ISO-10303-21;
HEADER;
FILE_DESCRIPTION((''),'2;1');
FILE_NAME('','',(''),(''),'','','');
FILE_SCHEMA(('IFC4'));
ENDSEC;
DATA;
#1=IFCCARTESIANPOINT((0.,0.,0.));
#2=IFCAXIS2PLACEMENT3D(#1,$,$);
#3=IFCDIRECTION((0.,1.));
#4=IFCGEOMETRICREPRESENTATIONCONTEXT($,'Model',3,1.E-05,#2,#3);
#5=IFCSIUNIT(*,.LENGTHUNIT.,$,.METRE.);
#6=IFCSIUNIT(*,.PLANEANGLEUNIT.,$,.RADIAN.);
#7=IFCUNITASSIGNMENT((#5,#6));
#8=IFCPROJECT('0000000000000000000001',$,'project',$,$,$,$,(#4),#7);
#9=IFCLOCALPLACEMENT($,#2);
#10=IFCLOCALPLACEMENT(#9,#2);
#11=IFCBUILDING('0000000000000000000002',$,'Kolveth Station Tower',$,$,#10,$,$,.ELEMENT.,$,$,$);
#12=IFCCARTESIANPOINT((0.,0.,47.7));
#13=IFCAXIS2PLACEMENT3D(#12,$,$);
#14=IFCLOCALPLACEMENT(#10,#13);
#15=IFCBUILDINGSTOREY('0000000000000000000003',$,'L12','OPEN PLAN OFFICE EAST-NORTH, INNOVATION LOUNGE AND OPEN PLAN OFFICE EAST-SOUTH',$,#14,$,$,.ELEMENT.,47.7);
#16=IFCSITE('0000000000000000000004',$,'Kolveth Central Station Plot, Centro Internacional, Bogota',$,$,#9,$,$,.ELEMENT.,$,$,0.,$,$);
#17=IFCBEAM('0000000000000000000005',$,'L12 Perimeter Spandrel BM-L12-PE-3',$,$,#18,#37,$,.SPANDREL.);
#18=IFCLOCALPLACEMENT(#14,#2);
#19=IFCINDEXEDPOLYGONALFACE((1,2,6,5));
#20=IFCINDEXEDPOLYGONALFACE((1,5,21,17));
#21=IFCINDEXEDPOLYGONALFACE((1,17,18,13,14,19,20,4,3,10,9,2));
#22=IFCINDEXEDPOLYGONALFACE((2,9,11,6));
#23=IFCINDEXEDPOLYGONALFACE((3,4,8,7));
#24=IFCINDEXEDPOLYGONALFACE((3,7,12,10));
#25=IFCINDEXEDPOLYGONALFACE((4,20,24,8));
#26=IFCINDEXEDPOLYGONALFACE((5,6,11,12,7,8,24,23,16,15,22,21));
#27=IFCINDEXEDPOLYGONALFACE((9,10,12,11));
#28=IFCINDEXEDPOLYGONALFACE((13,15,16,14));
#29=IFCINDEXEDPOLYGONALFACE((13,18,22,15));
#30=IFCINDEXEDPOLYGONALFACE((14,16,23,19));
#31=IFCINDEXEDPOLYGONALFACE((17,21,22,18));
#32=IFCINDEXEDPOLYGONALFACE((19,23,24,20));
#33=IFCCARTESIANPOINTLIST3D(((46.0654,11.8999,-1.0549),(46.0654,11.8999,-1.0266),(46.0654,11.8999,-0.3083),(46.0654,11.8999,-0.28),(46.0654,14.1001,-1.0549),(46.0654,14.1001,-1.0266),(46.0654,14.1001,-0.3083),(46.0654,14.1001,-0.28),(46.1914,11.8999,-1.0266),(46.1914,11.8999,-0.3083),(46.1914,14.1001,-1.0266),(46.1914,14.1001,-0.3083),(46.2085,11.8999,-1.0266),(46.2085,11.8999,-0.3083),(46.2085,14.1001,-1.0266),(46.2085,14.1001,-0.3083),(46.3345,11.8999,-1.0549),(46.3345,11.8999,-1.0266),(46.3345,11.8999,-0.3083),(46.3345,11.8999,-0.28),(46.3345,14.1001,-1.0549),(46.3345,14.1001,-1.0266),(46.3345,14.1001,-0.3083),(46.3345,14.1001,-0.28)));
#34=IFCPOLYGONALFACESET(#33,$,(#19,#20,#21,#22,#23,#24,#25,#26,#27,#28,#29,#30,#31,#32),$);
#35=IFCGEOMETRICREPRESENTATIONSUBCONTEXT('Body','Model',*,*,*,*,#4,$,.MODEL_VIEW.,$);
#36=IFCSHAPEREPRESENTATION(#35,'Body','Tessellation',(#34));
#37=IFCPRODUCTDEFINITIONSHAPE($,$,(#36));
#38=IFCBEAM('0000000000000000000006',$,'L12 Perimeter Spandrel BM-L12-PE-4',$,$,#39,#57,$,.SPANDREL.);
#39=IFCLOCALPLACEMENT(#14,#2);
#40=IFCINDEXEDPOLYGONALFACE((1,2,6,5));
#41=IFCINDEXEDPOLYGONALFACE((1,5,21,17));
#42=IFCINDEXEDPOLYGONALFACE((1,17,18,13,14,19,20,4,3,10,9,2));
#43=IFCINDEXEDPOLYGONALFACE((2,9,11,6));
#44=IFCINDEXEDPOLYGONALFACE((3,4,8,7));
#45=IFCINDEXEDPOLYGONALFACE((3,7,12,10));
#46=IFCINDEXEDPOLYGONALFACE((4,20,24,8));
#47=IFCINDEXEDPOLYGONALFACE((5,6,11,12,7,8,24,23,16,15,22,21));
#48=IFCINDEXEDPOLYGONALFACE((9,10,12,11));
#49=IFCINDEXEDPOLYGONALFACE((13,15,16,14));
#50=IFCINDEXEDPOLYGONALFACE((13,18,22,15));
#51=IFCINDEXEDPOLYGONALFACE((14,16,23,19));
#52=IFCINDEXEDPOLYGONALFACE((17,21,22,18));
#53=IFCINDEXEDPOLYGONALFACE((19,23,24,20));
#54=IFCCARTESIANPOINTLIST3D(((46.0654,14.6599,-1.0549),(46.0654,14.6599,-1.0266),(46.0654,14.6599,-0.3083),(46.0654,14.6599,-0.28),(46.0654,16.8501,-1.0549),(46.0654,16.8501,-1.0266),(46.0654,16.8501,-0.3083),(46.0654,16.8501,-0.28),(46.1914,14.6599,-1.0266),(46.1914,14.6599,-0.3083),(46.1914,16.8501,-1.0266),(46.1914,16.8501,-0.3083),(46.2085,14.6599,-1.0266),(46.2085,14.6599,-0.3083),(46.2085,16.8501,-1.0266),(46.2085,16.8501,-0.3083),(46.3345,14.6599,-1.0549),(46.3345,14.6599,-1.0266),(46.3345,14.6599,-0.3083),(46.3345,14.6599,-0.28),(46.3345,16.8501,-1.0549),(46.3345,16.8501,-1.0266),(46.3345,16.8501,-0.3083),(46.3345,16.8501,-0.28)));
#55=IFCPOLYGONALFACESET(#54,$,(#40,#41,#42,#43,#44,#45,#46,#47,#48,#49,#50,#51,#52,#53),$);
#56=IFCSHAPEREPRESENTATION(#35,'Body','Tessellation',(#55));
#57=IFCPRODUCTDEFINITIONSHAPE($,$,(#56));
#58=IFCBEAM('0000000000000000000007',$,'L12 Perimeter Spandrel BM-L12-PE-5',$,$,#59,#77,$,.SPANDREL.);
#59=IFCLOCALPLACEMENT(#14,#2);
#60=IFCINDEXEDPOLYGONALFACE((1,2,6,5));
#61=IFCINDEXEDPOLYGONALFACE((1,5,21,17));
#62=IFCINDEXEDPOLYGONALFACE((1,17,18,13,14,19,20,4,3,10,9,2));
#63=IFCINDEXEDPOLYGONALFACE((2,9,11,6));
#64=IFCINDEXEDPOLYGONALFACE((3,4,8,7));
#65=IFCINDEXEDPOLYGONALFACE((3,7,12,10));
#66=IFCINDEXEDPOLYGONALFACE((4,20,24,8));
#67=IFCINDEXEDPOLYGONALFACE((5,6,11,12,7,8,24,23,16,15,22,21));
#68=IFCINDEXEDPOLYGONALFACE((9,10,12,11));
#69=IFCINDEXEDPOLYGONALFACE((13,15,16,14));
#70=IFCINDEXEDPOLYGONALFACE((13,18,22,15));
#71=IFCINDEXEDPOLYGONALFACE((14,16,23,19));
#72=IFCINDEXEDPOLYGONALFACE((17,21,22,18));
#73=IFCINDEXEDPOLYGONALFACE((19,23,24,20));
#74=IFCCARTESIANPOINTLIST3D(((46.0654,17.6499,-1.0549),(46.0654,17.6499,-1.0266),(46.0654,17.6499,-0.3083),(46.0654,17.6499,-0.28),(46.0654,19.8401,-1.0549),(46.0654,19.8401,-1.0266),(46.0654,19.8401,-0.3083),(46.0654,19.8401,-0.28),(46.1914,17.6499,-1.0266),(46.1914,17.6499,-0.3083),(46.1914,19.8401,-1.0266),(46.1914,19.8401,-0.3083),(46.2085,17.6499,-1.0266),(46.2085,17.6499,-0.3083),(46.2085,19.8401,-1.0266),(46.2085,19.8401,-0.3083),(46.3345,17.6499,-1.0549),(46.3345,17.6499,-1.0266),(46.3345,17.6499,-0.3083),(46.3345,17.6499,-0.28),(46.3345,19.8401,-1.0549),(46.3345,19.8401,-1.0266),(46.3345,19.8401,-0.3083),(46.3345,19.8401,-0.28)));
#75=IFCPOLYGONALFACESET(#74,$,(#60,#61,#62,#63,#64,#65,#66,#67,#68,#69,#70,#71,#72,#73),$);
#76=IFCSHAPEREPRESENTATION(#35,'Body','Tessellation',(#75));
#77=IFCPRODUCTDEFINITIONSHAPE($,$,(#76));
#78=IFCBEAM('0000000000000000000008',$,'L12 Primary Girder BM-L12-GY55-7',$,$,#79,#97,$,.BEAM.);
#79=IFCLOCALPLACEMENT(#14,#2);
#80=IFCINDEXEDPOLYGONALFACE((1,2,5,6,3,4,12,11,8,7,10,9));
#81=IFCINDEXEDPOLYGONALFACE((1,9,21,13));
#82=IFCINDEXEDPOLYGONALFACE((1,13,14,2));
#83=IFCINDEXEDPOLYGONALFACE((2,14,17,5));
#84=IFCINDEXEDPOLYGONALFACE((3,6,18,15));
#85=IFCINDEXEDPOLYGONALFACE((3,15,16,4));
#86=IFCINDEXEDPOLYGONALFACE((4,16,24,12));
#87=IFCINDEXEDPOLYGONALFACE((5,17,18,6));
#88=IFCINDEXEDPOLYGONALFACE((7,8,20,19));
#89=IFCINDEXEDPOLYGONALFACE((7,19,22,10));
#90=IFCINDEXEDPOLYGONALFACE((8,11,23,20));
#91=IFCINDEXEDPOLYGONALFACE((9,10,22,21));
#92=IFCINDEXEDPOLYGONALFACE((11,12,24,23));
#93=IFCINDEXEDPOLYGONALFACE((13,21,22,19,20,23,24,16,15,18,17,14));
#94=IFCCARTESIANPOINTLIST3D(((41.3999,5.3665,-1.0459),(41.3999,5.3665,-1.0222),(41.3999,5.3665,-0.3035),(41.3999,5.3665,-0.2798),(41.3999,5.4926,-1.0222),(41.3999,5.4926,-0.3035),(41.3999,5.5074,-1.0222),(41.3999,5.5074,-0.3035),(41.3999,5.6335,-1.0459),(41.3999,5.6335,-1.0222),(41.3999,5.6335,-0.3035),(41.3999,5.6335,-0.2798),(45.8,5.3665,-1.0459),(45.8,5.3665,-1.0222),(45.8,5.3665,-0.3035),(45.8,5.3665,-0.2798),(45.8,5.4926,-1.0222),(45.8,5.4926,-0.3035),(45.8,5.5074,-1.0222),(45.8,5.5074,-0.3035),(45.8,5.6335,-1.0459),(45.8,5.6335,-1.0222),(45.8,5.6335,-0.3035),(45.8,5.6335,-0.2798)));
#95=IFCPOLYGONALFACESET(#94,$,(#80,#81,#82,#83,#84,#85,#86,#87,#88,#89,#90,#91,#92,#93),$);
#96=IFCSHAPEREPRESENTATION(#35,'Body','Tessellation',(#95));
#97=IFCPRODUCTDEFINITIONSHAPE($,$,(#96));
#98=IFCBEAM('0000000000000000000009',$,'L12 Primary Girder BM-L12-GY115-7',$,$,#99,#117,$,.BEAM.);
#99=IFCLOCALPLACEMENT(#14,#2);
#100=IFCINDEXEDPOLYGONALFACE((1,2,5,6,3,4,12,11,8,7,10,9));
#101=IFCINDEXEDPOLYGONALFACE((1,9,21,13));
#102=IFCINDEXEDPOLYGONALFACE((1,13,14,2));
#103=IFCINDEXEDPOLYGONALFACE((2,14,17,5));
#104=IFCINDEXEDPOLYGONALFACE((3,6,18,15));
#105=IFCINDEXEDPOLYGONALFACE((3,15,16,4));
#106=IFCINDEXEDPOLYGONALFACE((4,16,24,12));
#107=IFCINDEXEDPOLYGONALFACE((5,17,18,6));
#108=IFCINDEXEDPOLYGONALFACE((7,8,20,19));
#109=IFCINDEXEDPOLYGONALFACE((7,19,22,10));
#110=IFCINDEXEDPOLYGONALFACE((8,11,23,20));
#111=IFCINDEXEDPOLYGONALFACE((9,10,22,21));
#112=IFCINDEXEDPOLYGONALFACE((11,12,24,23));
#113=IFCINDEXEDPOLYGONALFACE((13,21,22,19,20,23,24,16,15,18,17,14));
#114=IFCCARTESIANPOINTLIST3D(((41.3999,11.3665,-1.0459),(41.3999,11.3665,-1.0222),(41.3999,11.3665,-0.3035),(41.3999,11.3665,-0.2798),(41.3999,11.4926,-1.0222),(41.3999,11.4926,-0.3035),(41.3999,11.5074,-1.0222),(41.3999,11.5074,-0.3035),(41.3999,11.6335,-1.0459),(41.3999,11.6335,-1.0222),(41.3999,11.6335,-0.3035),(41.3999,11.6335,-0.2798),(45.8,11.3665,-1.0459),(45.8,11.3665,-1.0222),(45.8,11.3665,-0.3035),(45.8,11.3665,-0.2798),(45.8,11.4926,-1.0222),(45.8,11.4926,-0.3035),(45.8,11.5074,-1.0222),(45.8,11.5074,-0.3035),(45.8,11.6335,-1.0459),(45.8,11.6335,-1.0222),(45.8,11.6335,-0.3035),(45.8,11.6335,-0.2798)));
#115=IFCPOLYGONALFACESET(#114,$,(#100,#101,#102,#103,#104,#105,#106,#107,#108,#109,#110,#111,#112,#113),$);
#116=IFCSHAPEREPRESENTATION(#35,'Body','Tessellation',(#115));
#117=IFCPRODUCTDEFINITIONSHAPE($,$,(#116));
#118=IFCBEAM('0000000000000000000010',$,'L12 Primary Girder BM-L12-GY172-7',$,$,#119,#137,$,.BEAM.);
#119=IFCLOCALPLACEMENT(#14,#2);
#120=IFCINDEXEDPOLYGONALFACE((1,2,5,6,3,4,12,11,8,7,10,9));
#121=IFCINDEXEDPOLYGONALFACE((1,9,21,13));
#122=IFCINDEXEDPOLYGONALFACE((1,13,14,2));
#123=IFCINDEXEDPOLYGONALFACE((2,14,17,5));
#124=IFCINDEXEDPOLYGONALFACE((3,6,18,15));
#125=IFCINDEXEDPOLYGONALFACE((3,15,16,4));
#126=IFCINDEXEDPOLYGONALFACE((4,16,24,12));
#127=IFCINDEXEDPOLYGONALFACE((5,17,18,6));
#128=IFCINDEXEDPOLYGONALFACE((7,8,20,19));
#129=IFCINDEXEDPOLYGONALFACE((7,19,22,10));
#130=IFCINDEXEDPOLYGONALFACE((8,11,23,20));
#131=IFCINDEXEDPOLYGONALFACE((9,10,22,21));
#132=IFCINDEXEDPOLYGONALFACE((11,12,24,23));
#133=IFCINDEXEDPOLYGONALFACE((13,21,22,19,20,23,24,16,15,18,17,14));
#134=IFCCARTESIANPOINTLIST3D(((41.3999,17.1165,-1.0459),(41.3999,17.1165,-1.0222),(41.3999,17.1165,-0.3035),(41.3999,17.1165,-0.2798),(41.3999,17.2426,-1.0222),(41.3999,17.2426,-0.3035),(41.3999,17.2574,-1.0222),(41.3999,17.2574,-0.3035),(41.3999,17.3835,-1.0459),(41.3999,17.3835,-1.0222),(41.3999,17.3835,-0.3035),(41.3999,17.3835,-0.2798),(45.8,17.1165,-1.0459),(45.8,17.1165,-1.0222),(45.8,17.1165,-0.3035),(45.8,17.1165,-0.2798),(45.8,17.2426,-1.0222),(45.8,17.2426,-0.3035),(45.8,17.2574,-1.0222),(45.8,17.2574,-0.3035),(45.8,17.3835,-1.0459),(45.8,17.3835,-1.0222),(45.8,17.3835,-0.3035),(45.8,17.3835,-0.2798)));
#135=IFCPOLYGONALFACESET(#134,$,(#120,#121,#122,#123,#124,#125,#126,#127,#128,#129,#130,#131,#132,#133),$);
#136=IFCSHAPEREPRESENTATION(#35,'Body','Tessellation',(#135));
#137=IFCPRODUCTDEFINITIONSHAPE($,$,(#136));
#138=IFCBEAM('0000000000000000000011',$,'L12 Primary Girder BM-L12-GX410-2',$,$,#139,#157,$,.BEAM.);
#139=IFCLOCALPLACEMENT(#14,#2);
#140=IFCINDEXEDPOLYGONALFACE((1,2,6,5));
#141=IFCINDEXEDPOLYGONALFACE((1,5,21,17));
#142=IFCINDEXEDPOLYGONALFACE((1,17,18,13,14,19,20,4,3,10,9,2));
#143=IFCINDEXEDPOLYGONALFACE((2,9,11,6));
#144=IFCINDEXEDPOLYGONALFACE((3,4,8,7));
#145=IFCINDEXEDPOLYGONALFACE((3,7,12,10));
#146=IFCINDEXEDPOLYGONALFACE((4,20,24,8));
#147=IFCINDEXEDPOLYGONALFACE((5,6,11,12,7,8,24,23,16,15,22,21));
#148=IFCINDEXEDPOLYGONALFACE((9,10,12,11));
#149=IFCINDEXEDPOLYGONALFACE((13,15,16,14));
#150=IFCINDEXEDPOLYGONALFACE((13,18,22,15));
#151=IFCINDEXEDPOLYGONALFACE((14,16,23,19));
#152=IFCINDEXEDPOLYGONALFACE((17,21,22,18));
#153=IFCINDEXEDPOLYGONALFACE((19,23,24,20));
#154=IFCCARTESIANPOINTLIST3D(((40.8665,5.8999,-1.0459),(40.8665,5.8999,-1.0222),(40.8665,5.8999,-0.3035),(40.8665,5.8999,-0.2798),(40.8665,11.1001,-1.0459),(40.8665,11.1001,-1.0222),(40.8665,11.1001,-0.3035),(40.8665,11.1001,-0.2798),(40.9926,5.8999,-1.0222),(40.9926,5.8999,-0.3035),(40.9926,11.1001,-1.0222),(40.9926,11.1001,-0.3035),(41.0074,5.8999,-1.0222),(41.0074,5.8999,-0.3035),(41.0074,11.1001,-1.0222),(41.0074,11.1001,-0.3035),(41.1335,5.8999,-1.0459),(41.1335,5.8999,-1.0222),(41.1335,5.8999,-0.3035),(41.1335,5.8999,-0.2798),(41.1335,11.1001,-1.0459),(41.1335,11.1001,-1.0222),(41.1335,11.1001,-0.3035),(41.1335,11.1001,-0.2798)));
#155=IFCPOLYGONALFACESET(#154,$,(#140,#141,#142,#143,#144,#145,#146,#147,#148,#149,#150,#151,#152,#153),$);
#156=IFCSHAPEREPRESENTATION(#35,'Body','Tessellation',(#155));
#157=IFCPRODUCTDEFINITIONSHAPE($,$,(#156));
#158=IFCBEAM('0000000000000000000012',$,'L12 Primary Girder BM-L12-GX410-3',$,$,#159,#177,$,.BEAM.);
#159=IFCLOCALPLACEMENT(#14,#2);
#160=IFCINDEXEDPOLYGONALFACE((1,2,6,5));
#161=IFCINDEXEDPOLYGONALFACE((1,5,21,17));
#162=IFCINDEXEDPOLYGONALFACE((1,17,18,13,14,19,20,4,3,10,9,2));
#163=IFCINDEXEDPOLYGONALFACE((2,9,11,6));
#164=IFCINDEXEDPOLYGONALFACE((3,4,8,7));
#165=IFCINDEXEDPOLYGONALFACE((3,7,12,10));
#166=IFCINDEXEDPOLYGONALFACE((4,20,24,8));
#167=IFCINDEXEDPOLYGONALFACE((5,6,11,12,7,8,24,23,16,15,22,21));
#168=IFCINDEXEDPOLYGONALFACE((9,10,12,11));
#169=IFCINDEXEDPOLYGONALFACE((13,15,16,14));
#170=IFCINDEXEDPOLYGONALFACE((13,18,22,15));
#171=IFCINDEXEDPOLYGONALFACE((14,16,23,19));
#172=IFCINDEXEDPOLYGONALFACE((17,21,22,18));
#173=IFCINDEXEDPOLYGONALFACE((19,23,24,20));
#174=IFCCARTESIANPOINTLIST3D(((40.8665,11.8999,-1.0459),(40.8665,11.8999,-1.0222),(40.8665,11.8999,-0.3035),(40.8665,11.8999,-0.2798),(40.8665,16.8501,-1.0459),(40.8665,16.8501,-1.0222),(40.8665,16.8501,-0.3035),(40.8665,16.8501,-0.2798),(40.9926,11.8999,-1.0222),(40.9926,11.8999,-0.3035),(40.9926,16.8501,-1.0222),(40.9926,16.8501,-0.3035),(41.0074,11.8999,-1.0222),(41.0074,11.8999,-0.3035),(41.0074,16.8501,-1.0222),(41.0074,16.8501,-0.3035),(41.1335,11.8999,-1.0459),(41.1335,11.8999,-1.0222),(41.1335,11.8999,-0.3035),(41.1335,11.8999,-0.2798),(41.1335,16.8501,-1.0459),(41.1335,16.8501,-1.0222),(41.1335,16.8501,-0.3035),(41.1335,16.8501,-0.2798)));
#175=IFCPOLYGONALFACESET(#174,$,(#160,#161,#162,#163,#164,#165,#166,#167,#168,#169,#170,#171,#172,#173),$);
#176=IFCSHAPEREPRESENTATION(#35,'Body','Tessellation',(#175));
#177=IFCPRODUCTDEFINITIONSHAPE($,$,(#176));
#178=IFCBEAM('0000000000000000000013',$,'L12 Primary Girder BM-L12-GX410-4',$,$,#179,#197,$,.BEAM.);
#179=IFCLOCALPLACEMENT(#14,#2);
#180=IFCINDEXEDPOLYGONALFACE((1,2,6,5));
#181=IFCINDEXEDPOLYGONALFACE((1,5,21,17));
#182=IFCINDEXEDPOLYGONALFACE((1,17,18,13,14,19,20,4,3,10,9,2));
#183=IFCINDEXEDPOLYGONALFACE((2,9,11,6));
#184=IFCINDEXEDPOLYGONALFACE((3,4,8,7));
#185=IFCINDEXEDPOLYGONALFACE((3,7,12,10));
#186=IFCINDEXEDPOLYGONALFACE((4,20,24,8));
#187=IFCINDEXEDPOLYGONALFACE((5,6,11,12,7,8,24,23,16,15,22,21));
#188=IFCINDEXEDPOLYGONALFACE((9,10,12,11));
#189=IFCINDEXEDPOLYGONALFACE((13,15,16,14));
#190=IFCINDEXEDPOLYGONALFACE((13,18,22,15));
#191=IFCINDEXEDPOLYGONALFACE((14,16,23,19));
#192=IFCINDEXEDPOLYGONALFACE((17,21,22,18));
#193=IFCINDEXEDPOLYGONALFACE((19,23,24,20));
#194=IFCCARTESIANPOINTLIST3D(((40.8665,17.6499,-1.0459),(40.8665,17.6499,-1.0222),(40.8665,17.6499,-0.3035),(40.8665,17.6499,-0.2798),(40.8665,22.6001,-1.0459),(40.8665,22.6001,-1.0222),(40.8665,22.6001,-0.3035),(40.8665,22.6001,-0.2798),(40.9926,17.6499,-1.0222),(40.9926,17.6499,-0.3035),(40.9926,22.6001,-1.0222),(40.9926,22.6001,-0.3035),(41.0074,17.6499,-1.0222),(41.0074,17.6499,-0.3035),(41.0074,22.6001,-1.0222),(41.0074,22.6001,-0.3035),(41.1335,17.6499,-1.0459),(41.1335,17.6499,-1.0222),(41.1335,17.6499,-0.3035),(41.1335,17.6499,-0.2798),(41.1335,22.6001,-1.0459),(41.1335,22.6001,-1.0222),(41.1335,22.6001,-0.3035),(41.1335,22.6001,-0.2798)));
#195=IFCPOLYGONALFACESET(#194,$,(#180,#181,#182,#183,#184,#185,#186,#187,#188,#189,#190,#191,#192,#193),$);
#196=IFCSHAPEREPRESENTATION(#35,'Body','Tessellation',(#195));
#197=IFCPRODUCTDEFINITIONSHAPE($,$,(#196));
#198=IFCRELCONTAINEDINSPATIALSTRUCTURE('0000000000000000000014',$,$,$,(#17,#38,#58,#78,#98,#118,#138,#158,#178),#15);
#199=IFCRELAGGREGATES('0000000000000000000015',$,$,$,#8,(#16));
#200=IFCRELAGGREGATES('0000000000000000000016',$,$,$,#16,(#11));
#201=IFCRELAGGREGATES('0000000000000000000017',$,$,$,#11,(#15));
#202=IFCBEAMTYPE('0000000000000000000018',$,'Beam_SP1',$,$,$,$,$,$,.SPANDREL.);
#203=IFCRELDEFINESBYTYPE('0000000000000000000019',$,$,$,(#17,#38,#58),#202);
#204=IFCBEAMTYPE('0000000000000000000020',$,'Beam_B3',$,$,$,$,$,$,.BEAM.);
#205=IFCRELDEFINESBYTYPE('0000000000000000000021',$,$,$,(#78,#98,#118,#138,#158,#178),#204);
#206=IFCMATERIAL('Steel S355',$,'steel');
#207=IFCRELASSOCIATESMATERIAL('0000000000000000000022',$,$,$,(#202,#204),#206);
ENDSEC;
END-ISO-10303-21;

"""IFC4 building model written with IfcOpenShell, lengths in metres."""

from ifc_helpers import new_model, si_unit, direction, frame, origin, origin_2d, place, context, subcontext, project, spatial, i_section, extrude, source, transform, mapped, material, material_profile, profile_set, type_object, element, save


model = new_model("IFC4")

# Units and contexts
model_context = context("Model", 3, precision=1e-05, world=origin(), true_north=direction((0.0, 1.0)))
body_context = subcontext(model_context, "Body", "Model", "MODEL_VIEW")
ifc_project = project(units=[si_unit("LENGTHUNIT", "METRE"), si_unit("PLANEANGLEUNIT", "RADIAN")], contexts=[model_context])

# Site, building, storey
site_placement = place(None, origin())
site = spatial("IfcSite", under=ifc_project, at=site_placement, Name="Kolveth Central Station Plot, Centro Internacional, Bogota", CompositionType="ELEMENT", RefElevation=0.0)
building_placement = place(site_placement, origin())
building = spatial("IfcBuilding", under=site, at=building_placement, Name="Kolveth Station Tower", CompositionType="ELEMENT")
storey_placement = place(building_placement, frame((0.0, 0.0, 47.7)))
storey = spatial("IfcBuildingStorey", under=building, at=storey_placement, Name="L12", Description="OPEN PLAN OFFICE EAST-NORTH, INNOVATION LOUNGE AND OPEN PLAN OFFICE EAST-SOUTH", CompositionType="ELEMENT", Elevation=47.7)

# Shared definitions
ifc_material_1 = material(Name="Steel S355", Category="steel")

# Beams
ifc_material_profile_1 = material_profile(ifc_material_1, i_section(OverallWidth=0.269, OverallDepth=0.7749, WebThickness=0.0171, FlangeThickness=0.0283, at=origin_2d()), Name="W760x220")
ifc_profile_set_1 = profile_set([ifc_material_profile_1], Name="Steel S355")
beam_type_1 = type_object("IfcBeamType", Name="Beam_SP1", PredefinedType="SPANDREL", material=ifc_profile_set_1)
shared_shape_1 = source(origin(), body_context, "Body", "SweptSolid", [
    extrude(i_section(OverallWidth=0.269, OverallDepth=0.7749, WebThickness=0.0171, FlangeThickness=0.0283, at=origin_2d()), origin(), (0.0, 0.0, 1.0), 2.2002),
])
beam_1_placement = place(storey_placement, frame((46.2, 11.8999, -0.6675), z_axis=(0.0, 1.0, 0.0), x_axis=(-1.0, 0.0, 0.0)))
element("IfcBeam", 1, at=beam_1_placement, inside=storey, type_object=beam_type_1, Name="L12 Perimeter Spandrel BM-L12-PE-3", PredefinedType="SPANDREL", context=body_context, shape_type="MappedRepresentation", body=[
    mapped(shared_shape_1, transform((0.0, 0.0, 0.0), x_axis=(1.0, 0.0, 0.0), y_axis=(0.0, 1.0, 0.0), z_axis=(0.0, 0.0, 1.0), scale=1.0)),
])
shared_shape_2 = source(origin(), body_context, "Body", "SweptSolid", [
    extrude(i_section(OverallWidth=0.269, OverallDepth=0.7749, WebThickness=0.0171, FlangeThickness=0.0283, at=origin_2d()), origin(), (0.0, 0.0, 1.0), 2.1902),
])
for number, where, z_axis, x_axis, name in (
    (2, (46.2, 14.6599, -0.6675), (0.0, 1.0, 0.0), (-1.0, 0.0, 0.0), "L12 Perimeter Spandrel BM-L12-PE-4"),
    (3, (46.2, 17.6499, -0.6675), (0.0, 1.0, 0.0), (-1.0, 0.0, 0.0), "L12 Perimeter Spandrel BM-L12-PE-5"),
):
    element("IfcBeam", number, at=place(storey_placement, frame(where, z_axis=z_axis, x_axis=x_axis)), inside=storey, type_object=beam_type_1, Name=name, PredefinedType="SPANDREL", context=body_context, shape_type="MappedRepresentation", body=[
        mapped(shared_shape_2, transform((0.0, 0.0, 0.0), x_axis=(1.0, 0.0, 0.0), y_axis=(0.0, 1.0, 0.0), z_axis=(0.0, 0.0, 1.0), scale=1.0)),
    ])
ifc_material_profile_2 = material_profile(ifc_material_1, i_section(OverallWidth=0.2671, OverallDepth=0.7661, WebThickness=0.0149, FlangeThickness=0.0237, at=origin_2d()), Name="W760x185")
ifc_profile_set_2 = profile_set([ifc_material_profile_2], Name="Steel S355")
beam_type_2 = type_object("IfcBeamType", Name="Beam_B3", PredefinedType="BEAM", material=ifc_profile_set_2)
shared_shape_3 = source(origin(), body_context, "Body", "SweptSolid", [
    extrude(i_section(OverallWidth=0.2671, OverallDepth=0.7661, WebThickness=0.0149, FlangeThickness=0.0237, at=origin_2d()), origin(), (0.0, 0.0, 1.0), 4.4001),
])
for number, where, z_axis, x_axis, name in (
    (4, (41.3999, 5.5, -0.6628), (1.0, 0.0, 0.0), (0.0, 1.0, 0.0), "L12 Primary Girder BM-L12-GY55-7"),
    (5, (41.3999, 11.5, -0.6628), (1.0, 0.0, 0.0), (0.0, 1.0, 0.0), "L12 Primary Girder BM-L12-GY115-7"),
    (6, (41.3999, 17.25, -0.6628), (1.0, 0.0, 0.0), (0.0, 1.0, 0.0), "L12 Primary Girder BM-L12-GY172-7"),
):
    element("IfcBeam", number, at=place(storey_placement, frame(where, z_axis=z_axis, x_axis=x_axis)), inside=storey, type_object=beam_type_2, Name=name, PredefinedType="BEAM", context=body_context, shape_type="MappedRepresentation", body=[
        mapped(shared_shape_3, transform((0.0, 0.0, 0.0), x_axis=(1.0, 0.0, 0.0), y_axis=(0.0, 1.0, 0.0), z_axis=(0.0, 0.0, 1.0), scale=1.0)),
    ])
shared_shape_4 = source(origin(), body_context, "Body", "SweptSolid", [
    extrude(i_section(OverallWidth=0.2671, OverallDepth=0.7661, WebThickness=0.0149, FlangeThickness=0.0237, at=origin_2d()), origin(), (0.0, 0.0, 1.0), 5.2002),
])
beam_2_placement = place(storey_placement, frame((41.0, 5.8999, -0.6628), z_axis=(0.0, 1.0, 0.0), x_axis=(-1.0, 0.0, 0.0)))
element("IfcBeam", 7, at=beam_2_placement, inside=storey, type_object=beam_type_2, Name="L12 Primary Girder BM-L12-GX410-2", PredefinedType="BEAM", context=body_context, shape_type="MappedRepresentation", body=[
    mapped(shared_shape_4, transform((0.0, 0.0, 0.0), x_axis=(1.0, 0.0, 0.0), y_axis=(0.0, 1.0, 0.0), z_axis=(0.0, 0.0, 1.0), scale=1.0)),
])
shared_shape_5 = source(origin(), body_context, "Body", "SweptSolid", [
    extrude(i_section(OverallWidth=0.2671, OverallDepth=0.7661, WebThickness=0.0149, FlangeThickness=0.0237, at=origin_2d()), origin(), (0.0, 0.0, 1.0), 4.9502),
])
for number, where, z_axis, x_axis, name in (
    (8, (41.0, 11.8999, -0.6628), (0.0, 1.0, 0.0), (-1.0, 0.0, 0.0), "L12 Primary Girder BM-L12-GX410-3"),
    (9, (41.0, 17.6499, -0.6628), (0.0, 1.0, 0.0), (-1.0, 0.0, 0.0), "L12 Primary Girder BM-L12-GX410-4"),
):
    element("IfcBeam", number, at=place(storey_placement, frame(where, z_axis=z_axis, x_axis=x_axis)), inside=storey, type_object=beam_type_2, Name=name, PredefinedType="BEAM", context=body_context, shape_type="MappedRepresentation", body=[
        mapped(shared_shape_5, transform((0.0, 0.0, 0.0), x_axis=(1.0, 0.0, 0.0), y_axis=(0.0, 1.0, 0.0), z_axis=(0.0, 0.0, 1.0), scale=1.0)),
    ])

save(model, "model.ifc")
